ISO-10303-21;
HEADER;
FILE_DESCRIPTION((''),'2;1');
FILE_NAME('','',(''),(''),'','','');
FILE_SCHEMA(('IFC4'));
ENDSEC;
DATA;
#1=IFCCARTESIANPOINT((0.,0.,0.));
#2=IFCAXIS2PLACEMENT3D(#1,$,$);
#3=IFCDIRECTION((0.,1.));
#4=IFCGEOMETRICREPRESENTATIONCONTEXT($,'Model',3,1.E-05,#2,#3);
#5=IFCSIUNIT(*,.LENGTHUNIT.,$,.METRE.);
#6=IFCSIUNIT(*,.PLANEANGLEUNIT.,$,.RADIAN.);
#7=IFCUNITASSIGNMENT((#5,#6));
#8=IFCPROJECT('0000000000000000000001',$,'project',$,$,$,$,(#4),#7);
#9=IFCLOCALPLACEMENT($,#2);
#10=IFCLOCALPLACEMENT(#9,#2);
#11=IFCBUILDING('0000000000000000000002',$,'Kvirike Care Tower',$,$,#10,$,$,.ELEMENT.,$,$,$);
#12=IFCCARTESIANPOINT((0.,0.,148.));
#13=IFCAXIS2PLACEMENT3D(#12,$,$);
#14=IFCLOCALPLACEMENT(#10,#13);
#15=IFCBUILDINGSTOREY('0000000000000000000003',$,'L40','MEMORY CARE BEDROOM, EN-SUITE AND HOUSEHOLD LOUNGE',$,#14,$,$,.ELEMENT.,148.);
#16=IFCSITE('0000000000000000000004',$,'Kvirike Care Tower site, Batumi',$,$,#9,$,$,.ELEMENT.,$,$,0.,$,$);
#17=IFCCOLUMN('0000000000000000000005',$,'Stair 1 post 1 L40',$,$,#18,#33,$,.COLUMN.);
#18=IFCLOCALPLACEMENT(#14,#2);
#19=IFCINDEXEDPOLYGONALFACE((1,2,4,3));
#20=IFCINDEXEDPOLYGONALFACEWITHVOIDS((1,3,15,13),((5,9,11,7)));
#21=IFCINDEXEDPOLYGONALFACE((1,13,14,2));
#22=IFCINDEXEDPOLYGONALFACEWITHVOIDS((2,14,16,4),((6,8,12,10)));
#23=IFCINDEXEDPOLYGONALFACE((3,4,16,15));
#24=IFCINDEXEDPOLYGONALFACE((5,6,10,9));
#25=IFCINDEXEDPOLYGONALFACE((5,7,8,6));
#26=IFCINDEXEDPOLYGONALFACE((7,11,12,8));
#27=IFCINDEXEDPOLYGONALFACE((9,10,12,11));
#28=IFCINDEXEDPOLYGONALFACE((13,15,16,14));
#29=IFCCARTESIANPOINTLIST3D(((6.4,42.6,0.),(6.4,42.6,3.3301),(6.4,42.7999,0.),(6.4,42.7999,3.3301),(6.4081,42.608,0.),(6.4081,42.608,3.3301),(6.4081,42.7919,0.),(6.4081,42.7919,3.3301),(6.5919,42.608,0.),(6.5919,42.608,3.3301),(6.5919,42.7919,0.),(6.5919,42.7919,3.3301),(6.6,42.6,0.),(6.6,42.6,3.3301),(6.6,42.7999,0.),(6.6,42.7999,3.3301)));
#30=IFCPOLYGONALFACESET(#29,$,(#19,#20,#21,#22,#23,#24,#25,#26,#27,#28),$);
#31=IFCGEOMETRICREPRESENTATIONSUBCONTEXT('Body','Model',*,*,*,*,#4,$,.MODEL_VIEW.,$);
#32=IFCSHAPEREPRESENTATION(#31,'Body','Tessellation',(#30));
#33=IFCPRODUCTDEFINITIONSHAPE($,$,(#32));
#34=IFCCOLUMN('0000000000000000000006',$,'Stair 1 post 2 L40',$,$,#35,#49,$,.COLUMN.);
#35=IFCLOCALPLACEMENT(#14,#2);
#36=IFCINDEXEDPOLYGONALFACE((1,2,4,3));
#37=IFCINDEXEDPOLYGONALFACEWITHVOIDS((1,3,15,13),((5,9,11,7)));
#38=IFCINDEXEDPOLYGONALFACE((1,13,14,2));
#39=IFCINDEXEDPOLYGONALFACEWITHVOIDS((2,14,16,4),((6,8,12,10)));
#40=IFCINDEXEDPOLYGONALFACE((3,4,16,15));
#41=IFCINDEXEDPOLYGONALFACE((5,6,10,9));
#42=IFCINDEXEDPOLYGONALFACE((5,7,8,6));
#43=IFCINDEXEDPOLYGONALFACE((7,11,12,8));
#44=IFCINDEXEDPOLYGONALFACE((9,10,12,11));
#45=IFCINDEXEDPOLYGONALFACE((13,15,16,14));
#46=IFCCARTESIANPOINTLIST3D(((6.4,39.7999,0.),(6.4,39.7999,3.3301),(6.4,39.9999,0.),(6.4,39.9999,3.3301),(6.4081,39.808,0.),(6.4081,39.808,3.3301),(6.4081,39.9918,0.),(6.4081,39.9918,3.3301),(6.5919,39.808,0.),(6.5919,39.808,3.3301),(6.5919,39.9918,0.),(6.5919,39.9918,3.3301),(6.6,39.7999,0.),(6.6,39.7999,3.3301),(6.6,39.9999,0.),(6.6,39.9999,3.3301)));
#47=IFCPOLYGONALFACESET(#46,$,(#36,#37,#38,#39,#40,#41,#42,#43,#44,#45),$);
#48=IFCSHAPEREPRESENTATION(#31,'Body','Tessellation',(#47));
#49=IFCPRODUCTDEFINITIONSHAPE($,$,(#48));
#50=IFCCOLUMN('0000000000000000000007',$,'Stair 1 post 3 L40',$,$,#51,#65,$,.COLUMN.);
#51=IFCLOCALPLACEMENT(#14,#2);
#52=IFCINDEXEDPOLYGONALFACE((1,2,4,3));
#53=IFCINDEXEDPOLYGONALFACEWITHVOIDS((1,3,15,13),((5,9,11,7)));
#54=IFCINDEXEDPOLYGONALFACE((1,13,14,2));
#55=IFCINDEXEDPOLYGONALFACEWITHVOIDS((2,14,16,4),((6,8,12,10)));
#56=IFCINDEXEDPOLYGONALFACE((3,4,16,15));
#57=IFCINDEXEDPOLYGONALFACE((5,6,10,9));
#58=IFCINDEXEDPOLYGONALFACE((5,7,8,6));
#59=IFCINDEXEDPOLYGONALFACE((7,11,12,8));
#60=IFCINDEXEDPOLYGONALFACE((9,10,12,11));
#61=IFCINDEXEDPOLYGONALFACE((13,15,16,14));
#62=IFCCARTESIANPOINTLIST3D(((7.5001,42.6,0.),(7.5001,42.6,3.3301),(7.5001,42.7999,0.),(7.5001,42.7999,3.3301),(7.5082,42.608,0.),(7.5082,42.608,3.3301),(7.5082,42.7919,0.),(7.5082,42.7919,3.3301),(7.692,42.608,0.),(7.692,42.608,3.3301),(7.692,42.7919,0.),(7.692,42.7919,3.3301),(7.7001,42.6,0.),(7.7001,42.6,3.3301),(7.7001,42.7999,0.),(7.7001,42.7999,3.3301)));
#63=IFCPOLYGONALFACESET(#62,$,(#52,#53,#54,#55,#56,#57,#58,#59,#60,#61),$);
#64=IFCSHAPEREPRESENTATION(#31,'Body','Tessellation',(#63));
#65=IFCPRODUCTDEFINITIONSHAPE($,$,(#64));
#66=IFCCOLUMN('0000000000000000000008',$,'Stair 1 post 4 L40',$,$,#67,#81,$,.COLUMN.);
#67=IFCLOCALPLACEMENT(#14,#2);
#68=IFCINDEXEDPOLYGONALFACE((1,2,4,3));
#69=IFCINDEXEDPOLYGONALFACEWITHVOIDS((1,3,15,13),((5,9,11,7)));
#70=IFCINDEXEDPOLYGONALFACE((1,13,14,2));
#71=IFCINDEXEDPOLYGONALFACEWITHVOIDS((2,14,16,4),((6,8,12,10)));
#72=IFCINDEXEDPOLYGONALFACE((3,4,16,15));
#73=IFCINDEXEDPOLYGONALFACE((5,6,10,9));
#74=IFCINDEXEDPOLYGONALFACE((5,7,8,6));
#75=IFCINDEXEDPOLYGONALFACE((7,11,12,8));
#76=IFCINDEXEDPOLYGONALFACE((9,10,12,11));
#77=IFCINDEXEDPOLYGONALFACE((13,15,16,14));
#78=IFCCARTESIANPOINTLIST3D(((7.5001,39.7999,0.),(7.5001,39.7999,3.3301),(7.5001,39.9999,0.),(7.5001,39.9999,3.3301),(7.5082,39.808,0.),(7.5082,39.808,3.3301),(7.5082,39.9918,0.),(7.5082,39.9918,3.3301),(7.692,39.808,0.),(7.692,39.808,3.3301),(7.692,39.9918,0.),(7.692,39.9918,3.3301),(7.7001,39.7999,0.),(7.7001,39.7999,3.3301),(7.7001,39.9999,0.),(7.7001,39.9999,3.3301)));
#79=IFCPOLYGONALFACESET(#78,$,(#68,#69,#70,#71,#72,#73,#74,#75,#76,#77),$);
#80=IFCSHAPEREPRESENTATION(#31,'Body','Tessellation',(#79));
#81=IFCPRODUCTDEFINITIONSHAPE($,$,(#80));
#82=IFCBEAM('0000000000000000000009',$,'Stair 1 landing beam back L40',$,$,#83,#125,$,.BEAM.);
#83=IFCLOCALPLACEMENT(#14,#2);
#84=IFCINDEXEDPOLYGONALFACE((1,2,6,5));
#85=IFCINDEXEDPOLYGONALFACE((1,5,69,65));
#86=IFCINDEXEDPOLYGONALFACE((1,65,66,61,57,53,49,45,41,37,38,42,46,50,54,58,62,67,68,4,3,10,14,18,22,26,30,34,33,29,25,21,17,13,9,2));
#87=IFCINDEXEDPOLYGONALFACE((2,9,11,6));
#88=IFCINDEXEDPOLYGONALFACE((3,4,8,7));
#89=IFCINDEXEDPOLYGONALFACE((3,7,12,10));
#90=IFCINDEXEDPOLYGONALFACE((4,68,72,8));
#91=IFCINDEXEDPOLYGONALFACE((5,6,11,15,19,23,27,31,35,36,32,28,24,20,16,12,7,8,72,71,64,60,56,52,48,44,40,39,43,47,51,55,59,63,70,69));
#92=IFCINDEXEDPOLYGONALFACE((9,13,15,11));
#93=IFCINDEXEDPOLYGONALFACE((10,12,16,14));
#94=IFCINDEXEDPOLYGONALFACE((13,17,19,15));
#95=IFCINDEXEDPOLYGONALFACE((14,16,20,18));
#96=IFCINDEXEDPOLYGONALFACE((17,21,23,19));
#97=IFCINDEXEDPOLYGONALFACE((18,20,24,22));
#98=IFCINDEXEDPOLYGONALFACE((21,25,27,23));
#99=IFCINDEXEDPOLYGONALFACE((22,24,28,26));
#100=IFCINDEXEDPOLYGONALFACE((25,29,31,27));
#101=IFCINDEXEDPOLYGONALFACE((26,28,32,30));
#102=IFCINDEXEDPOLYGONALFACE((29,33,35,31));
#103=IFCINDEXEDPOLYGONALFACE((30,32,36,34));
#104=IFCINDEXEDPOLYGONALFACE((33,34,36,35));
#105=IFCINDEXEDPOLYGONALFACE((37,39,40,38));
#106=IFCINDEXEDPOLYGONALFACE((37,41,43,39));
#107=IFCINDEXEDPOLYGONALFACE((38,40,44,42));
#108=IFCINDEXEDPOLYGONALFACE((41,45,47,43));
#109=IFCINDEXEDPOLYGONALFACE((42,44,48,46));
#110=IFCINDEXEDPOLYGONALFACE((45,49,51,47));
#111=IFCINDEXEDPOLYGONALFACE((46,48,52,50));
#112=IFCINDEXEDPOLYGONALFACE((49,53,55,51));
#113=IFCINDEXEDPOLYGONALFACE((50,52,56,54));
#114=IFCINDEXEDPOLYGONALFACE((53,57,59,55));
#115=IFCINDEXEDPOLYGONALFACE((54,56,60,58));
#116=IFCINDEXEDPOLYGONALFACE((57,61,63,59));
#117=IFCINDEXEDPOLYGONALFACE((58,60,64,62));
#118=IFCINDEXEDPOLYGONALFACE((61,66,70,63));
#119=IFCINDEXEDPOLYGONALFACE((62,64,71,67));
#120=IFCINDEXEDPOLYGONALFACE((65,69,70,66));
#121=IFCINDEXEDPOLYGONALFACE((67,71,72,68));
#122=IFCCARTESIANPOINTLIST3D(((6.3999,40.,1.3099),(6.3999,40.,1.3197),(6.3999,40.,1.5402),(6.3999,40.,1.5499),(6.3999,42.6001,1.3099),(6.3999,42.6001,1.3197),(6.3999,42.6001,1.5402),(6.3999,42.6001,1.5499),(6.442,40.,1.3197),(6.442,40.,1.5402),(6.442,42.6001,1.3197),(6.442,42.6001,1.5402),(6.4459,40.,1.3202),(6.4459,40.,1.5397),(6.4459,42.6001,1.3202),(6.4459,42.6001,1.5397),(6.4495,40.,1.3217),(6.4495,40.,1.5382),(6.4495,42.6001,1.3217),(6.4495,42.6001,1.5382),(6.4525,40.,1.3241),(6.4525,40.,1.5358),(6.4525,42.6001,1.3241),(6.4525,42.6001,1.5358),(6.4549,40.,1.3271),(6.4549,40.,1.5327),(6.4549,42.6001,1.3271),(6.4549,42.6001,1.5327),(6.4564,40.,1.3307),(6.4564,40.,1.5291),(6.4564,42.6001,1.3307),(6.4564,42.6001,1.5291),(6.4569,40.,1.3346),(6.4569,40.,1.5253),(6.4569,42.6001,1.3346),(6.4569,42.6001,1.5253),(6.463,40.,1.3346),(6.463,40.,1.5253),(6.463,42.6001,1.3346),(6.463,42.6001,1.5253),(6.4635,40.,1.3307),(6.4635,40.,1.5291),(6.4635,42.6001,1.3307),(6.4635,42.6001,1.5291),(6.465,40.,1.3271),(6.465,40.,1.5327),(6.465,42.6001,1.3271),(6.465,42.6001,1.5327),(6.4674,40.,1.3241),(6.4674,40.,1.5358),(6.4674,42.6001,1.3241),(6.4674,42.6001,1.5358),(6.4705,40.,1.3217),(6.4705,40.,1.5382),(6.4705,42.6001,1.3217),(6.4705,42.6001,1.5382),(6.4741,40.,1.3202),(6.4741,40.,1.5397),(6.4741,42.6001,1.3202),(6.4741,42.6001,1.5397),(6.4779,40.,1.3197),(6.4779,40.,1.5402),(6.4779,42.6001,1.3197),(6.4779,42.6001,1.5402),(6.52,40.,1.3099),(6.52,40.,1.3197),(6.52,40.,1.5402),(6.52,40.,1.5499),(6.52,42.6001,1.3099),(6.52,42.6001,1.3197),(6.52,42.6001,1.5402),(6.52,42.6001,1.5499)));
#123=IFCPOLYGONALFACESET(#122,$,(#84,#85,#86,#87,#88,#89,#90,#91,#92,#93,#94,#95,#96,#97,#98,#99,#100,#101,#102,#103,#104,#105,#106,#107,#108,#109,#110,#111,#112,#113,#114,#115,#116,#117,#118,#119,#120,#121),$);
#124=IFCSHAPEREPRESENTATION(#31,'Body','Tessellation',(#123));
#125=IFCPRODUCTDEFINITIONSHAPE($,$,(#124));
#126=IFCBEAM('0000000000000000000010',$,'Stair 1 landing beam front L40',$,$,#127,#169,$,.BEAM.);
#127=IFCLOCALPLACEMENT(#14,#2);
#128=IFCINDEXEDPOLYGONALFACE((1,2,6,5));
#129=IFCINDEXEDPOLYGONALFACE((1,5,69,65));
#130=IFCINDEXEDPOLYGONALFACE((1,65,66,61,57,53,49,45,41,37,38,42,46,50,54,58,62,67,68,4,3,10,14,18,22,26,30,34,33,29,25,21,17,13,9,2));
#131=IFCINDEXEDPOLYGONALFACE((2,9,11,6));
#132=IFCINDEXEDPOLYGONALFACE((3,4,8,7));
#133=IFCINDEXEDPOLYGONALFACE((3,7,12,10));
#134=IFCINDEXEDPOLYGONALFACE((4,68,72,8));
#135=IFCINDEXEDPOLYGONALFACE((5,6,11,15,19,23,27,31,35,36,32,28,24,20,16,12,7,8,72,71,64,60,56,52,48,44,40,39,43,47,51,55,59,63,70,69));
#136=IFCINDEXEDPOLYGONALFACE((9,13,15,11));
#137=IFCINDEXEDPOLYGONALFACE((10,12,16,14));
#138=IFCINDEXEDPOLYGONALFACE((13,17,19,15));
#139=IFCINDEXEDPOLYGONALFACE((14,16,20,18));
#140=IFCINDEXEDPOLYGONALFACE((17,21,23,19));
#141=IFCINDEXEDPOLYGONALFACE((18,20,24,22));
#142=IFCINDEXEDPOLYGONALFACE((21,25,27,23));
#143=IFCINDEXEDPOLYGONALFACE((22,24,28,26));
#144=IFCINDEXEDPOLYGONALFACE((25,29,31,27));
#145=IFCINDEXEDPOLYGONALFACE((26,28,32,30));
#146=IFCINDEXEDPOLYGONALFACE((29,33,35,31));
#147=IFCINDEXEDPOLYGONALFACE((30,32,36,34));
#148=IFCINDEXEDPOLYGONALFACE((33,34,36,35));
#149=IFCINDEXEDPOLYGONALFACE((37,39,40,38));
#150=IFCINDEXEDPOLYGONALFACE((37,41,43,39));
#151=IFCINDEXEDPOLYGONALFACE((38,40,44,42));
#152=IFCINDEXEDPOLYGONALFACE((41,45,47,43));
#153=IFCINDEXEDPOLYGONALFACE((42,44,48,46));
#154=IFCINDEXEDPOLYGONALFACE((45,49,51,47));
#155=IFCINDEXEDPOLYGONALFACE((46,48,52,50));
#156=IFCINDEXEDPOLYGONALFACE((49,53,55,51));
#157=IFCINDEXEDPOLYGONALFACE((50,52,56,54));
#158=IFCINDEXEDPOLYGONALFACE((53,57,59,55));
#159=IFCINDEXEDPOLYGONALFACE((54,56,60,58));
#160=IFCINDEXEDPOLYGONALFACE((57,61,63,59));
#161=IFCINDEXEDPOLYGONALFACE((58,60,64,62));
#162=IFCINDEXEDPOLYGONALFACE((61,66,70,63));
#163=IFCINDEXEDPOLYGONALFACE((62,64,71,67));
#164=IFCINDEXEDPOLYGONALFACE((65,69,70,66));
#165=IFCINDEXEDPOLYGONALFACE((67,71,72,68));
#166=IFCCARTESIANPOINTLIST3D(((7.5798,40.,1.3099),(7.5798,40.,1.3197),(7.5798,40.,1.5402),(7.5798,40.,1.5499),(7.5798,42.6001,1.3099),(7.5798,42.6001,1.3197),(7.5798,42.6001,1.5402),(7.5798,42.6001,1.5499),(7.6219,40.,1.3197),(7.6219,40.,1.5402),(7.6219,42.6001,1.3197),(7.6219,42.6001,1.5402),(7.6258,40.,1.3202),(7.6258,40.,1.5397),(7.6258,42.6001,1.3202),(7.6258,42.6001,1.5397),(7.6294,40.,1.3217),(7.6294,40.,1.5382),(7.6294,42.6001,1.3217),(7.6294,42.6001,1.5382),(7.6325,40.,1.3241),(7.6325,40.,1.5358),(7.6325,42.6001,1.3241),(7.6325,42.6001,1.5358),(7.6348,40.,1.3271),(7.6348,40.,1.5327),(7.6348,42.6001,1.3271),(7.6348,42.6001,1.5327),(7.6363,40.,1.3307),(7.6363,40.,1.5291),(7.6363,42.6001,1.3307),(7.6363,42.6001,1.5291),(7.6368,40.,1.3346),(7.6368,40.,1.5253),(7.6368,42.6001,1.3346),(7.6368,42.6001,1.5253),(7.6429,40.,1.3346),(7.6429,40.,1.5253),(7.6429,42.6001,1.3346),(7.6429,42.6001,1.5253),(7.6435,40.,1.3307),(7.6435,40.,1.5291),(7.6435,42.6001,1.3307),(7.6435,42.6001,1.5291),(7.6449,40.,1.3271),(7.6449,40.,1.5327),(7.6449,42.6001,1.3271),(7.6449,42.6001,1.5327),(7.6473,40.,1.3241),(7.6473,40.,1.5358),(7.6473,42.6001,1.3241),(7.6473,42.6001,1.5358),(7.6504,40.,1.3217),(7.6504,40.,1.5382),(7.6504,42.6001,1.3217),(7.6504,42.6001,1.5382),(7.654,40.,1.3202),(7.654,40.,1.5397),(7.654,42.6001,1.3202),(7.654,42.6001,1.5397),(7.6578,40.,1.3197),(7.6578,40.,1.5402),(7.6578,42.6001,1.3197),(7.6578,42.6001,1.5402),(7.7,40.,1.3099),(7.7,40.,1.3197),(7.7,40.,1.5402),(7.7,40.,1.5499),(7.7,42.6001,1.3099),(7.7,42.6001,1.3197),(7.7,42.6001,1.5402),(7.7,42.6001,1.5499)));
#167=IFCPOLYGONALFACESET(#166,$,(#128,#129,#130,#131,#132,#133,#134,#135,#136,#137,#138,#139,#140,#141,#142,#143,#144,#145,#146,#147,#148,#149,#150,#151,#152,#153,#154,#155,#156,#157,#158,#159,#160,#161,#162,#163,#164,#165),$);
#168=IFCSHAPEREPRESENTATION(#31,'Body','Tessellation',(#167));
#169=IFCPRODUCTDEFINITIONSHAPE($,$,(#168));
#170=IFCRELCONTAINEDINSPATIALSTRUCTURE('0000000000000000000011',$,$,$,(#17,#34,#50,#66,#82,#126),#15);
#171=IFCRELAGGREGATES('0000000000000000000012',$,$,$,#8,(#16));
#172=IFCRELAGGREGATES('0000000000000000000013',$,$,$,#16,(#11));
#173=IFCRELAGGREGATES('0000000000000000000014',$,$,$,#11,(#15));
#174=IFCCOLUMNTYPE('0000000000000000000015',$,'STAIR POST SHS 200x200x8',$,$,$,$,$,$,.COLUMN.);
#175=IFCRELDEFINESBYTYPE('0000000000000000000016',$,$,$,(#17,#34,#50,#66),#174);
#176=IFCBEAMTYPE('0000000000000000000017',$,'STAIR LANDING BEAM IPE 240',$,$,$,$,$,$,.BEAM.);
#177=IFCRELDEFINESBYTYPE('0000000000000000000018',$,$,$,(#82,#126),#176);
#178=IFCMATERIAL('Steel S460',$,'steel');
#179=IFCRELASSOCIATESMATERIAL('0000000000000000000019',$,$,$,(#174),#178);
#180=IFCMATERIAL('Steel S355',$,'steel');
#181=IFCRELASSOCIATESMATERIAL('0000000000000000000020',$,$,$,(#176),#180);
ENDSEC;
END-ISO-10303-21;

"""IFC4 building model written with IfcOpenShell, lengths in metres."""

from ifc_helpers import new_model, si_unit, direction, frame, origin, origin_2d, place, context, subcontext, project, spatial, hollow_rectangle, i_section, extrude, material, material_profile, profile_set, type_object, element, save


model = new_model("IFC4")

# Units and contexts
model_context = context("Model", 3, precision=1e-05, world=origin(), true_north=direction((0.0, 1.0)))
body_context = subcontext(model_context, "Body", "Model", "MODEL_VIEW")
ifc_project = project(units=[si_unit("LENGTHUNIT", "METRE"), si_unit("PLANEANGLEUNIT", "RADIAN")], contexts=[model_context])

# Site, building, storey
site_placement = place(None, origin())
site = spatial("IfcSite", under=ifc_project, at=site_placement, Name="Kvirike Care Tower site, Batumi", CompositionType="ELEMENT", RefElevation=0.0)
building_placement = place(site_placement, origin())
building = spatial("IfcBuilding", under=site, at=building_placement, Name="Kvirike Care Tower", CompositionType="ELEMENT")
storey_placement = place(building_placement, frame((0.0, 0.0, 148.0)))
storey = spatial("IfcBuildingStorey", under=building, at=storey_placement, Name="L40", Description="MEMORY CARE BEDROOM, EN-SUITE AND HOUSEHOLD LOUNGE", CompositionType="ELEMENT", Elevation=148.0)

# Columns
ifc_material_1 = material(Name="Steel S460", Category="steel")
ifc_material_profile_1 = material_profile(ifc_material_1, hollow_rectangle(XDim=0.2, YDim=0.2, WallThickness=0.0081, at=origin_2d()), Name="SHS 200x200x8")
ifc_profile_set_1 = profile_set([ifc_material_profile_1], Name="Steel S460")
column_type = type_object("IfcColumnType", Name="STAIR POST SHS 200x200x8", PredefinedType="COLUMN", material=ifc_profile_set_1)
for number, where, z_axis, x_axis, name in (
    (1, (6.5, 42.7, 0.0), (0.0, 0.0, 1.0), (1.0, 0.0, 0.0), "Stair 1 post 1 L40"),
    (2, (6.5, 39.8999, 0.0), (0.0, 0.0, 1.0), (1.0, 0.0, 0.0), "Stair 1 post 2 L40"),
    (3, (7.6001, 42.7, 0.0), (0.0, 0.0, 1.0), (1.0, 0.0, 0.0), "Stair 1 post 3 L40"),
    (4, (7.6001, 39.8999, 0.0), (0.0, 0.0, 1.0), (1.0, 0.0, 0.0), "Stair 1 post 4 L40"),
):
    element("IfcColumn", number, at=place(storey_placement, frame(where, z_axis=z_axis, x_axis=x_axis)), inside=storey, type_object=column_type, Name=name, PredefinedType="COLUMN", context=body_context, shape_type="SweptSolid", body=[
        extrude(hollow_rectangle(XDim=0.2, YDim=0.2, WallThickness=0.0081, at=origin_2d()), origin(), (0.0, 0.0, 1.0), 3.3301),
    ])

# Beams
ifc_material_2 = material(Name="Steel S355", Category="steel")
ifc_material_profile_2 = material_profile(ifc_material_2, i_section(OverallWidth=0.1201, OverallDepth=0.24, WebThickness=0.0061, FlangeThickness=0.0098, FilletRadius=0.0149, at=origin_2d()), Name="IPE 240")
ifc_profile_set_2 = profile_set([ifc_material_profile_2], Name="Steel S355")
beam_type = type_object("IfcBeamType", Name="STAIR LANDING BEAM IPE 240", PredefinedType="BEAM", material=ifc_profile_set_2)
for number, where, z_axis, x_axis, name in (
    (5, (6.46, 42.6001, 1.4299), (0.0, -1.0, 0.0), (1.0, 0.0, 0.0), "Stair 1 landing beam back L40"),
    (6, (7.6399, 42.6001, 1.4299), (0.0, -1.0, 0.0), (1.0, 0.0, 0.0), "Stair 1 landing beam front L40"),
):
    element("IfcBeam", number, at=place(storey_placement, frame(where, z_axis=z_axis, x_axis=x_axis)), inside=storey, type_object=beam_type, Name=name, PredefinedType="BEAM", context=body_context, shape_type="SweptSolid", body=[
        extrude(i_section(OverallWidth=0.1201, OverallDepth=0.24, WebThickness=0.0061, FlangeThickness=0.0098, FilletRadius=0.0149, at=origin_2d()), origin(), (0.0, 0.0, 1.0), 2.6001),
    ])

save(model, "model.ifc")
